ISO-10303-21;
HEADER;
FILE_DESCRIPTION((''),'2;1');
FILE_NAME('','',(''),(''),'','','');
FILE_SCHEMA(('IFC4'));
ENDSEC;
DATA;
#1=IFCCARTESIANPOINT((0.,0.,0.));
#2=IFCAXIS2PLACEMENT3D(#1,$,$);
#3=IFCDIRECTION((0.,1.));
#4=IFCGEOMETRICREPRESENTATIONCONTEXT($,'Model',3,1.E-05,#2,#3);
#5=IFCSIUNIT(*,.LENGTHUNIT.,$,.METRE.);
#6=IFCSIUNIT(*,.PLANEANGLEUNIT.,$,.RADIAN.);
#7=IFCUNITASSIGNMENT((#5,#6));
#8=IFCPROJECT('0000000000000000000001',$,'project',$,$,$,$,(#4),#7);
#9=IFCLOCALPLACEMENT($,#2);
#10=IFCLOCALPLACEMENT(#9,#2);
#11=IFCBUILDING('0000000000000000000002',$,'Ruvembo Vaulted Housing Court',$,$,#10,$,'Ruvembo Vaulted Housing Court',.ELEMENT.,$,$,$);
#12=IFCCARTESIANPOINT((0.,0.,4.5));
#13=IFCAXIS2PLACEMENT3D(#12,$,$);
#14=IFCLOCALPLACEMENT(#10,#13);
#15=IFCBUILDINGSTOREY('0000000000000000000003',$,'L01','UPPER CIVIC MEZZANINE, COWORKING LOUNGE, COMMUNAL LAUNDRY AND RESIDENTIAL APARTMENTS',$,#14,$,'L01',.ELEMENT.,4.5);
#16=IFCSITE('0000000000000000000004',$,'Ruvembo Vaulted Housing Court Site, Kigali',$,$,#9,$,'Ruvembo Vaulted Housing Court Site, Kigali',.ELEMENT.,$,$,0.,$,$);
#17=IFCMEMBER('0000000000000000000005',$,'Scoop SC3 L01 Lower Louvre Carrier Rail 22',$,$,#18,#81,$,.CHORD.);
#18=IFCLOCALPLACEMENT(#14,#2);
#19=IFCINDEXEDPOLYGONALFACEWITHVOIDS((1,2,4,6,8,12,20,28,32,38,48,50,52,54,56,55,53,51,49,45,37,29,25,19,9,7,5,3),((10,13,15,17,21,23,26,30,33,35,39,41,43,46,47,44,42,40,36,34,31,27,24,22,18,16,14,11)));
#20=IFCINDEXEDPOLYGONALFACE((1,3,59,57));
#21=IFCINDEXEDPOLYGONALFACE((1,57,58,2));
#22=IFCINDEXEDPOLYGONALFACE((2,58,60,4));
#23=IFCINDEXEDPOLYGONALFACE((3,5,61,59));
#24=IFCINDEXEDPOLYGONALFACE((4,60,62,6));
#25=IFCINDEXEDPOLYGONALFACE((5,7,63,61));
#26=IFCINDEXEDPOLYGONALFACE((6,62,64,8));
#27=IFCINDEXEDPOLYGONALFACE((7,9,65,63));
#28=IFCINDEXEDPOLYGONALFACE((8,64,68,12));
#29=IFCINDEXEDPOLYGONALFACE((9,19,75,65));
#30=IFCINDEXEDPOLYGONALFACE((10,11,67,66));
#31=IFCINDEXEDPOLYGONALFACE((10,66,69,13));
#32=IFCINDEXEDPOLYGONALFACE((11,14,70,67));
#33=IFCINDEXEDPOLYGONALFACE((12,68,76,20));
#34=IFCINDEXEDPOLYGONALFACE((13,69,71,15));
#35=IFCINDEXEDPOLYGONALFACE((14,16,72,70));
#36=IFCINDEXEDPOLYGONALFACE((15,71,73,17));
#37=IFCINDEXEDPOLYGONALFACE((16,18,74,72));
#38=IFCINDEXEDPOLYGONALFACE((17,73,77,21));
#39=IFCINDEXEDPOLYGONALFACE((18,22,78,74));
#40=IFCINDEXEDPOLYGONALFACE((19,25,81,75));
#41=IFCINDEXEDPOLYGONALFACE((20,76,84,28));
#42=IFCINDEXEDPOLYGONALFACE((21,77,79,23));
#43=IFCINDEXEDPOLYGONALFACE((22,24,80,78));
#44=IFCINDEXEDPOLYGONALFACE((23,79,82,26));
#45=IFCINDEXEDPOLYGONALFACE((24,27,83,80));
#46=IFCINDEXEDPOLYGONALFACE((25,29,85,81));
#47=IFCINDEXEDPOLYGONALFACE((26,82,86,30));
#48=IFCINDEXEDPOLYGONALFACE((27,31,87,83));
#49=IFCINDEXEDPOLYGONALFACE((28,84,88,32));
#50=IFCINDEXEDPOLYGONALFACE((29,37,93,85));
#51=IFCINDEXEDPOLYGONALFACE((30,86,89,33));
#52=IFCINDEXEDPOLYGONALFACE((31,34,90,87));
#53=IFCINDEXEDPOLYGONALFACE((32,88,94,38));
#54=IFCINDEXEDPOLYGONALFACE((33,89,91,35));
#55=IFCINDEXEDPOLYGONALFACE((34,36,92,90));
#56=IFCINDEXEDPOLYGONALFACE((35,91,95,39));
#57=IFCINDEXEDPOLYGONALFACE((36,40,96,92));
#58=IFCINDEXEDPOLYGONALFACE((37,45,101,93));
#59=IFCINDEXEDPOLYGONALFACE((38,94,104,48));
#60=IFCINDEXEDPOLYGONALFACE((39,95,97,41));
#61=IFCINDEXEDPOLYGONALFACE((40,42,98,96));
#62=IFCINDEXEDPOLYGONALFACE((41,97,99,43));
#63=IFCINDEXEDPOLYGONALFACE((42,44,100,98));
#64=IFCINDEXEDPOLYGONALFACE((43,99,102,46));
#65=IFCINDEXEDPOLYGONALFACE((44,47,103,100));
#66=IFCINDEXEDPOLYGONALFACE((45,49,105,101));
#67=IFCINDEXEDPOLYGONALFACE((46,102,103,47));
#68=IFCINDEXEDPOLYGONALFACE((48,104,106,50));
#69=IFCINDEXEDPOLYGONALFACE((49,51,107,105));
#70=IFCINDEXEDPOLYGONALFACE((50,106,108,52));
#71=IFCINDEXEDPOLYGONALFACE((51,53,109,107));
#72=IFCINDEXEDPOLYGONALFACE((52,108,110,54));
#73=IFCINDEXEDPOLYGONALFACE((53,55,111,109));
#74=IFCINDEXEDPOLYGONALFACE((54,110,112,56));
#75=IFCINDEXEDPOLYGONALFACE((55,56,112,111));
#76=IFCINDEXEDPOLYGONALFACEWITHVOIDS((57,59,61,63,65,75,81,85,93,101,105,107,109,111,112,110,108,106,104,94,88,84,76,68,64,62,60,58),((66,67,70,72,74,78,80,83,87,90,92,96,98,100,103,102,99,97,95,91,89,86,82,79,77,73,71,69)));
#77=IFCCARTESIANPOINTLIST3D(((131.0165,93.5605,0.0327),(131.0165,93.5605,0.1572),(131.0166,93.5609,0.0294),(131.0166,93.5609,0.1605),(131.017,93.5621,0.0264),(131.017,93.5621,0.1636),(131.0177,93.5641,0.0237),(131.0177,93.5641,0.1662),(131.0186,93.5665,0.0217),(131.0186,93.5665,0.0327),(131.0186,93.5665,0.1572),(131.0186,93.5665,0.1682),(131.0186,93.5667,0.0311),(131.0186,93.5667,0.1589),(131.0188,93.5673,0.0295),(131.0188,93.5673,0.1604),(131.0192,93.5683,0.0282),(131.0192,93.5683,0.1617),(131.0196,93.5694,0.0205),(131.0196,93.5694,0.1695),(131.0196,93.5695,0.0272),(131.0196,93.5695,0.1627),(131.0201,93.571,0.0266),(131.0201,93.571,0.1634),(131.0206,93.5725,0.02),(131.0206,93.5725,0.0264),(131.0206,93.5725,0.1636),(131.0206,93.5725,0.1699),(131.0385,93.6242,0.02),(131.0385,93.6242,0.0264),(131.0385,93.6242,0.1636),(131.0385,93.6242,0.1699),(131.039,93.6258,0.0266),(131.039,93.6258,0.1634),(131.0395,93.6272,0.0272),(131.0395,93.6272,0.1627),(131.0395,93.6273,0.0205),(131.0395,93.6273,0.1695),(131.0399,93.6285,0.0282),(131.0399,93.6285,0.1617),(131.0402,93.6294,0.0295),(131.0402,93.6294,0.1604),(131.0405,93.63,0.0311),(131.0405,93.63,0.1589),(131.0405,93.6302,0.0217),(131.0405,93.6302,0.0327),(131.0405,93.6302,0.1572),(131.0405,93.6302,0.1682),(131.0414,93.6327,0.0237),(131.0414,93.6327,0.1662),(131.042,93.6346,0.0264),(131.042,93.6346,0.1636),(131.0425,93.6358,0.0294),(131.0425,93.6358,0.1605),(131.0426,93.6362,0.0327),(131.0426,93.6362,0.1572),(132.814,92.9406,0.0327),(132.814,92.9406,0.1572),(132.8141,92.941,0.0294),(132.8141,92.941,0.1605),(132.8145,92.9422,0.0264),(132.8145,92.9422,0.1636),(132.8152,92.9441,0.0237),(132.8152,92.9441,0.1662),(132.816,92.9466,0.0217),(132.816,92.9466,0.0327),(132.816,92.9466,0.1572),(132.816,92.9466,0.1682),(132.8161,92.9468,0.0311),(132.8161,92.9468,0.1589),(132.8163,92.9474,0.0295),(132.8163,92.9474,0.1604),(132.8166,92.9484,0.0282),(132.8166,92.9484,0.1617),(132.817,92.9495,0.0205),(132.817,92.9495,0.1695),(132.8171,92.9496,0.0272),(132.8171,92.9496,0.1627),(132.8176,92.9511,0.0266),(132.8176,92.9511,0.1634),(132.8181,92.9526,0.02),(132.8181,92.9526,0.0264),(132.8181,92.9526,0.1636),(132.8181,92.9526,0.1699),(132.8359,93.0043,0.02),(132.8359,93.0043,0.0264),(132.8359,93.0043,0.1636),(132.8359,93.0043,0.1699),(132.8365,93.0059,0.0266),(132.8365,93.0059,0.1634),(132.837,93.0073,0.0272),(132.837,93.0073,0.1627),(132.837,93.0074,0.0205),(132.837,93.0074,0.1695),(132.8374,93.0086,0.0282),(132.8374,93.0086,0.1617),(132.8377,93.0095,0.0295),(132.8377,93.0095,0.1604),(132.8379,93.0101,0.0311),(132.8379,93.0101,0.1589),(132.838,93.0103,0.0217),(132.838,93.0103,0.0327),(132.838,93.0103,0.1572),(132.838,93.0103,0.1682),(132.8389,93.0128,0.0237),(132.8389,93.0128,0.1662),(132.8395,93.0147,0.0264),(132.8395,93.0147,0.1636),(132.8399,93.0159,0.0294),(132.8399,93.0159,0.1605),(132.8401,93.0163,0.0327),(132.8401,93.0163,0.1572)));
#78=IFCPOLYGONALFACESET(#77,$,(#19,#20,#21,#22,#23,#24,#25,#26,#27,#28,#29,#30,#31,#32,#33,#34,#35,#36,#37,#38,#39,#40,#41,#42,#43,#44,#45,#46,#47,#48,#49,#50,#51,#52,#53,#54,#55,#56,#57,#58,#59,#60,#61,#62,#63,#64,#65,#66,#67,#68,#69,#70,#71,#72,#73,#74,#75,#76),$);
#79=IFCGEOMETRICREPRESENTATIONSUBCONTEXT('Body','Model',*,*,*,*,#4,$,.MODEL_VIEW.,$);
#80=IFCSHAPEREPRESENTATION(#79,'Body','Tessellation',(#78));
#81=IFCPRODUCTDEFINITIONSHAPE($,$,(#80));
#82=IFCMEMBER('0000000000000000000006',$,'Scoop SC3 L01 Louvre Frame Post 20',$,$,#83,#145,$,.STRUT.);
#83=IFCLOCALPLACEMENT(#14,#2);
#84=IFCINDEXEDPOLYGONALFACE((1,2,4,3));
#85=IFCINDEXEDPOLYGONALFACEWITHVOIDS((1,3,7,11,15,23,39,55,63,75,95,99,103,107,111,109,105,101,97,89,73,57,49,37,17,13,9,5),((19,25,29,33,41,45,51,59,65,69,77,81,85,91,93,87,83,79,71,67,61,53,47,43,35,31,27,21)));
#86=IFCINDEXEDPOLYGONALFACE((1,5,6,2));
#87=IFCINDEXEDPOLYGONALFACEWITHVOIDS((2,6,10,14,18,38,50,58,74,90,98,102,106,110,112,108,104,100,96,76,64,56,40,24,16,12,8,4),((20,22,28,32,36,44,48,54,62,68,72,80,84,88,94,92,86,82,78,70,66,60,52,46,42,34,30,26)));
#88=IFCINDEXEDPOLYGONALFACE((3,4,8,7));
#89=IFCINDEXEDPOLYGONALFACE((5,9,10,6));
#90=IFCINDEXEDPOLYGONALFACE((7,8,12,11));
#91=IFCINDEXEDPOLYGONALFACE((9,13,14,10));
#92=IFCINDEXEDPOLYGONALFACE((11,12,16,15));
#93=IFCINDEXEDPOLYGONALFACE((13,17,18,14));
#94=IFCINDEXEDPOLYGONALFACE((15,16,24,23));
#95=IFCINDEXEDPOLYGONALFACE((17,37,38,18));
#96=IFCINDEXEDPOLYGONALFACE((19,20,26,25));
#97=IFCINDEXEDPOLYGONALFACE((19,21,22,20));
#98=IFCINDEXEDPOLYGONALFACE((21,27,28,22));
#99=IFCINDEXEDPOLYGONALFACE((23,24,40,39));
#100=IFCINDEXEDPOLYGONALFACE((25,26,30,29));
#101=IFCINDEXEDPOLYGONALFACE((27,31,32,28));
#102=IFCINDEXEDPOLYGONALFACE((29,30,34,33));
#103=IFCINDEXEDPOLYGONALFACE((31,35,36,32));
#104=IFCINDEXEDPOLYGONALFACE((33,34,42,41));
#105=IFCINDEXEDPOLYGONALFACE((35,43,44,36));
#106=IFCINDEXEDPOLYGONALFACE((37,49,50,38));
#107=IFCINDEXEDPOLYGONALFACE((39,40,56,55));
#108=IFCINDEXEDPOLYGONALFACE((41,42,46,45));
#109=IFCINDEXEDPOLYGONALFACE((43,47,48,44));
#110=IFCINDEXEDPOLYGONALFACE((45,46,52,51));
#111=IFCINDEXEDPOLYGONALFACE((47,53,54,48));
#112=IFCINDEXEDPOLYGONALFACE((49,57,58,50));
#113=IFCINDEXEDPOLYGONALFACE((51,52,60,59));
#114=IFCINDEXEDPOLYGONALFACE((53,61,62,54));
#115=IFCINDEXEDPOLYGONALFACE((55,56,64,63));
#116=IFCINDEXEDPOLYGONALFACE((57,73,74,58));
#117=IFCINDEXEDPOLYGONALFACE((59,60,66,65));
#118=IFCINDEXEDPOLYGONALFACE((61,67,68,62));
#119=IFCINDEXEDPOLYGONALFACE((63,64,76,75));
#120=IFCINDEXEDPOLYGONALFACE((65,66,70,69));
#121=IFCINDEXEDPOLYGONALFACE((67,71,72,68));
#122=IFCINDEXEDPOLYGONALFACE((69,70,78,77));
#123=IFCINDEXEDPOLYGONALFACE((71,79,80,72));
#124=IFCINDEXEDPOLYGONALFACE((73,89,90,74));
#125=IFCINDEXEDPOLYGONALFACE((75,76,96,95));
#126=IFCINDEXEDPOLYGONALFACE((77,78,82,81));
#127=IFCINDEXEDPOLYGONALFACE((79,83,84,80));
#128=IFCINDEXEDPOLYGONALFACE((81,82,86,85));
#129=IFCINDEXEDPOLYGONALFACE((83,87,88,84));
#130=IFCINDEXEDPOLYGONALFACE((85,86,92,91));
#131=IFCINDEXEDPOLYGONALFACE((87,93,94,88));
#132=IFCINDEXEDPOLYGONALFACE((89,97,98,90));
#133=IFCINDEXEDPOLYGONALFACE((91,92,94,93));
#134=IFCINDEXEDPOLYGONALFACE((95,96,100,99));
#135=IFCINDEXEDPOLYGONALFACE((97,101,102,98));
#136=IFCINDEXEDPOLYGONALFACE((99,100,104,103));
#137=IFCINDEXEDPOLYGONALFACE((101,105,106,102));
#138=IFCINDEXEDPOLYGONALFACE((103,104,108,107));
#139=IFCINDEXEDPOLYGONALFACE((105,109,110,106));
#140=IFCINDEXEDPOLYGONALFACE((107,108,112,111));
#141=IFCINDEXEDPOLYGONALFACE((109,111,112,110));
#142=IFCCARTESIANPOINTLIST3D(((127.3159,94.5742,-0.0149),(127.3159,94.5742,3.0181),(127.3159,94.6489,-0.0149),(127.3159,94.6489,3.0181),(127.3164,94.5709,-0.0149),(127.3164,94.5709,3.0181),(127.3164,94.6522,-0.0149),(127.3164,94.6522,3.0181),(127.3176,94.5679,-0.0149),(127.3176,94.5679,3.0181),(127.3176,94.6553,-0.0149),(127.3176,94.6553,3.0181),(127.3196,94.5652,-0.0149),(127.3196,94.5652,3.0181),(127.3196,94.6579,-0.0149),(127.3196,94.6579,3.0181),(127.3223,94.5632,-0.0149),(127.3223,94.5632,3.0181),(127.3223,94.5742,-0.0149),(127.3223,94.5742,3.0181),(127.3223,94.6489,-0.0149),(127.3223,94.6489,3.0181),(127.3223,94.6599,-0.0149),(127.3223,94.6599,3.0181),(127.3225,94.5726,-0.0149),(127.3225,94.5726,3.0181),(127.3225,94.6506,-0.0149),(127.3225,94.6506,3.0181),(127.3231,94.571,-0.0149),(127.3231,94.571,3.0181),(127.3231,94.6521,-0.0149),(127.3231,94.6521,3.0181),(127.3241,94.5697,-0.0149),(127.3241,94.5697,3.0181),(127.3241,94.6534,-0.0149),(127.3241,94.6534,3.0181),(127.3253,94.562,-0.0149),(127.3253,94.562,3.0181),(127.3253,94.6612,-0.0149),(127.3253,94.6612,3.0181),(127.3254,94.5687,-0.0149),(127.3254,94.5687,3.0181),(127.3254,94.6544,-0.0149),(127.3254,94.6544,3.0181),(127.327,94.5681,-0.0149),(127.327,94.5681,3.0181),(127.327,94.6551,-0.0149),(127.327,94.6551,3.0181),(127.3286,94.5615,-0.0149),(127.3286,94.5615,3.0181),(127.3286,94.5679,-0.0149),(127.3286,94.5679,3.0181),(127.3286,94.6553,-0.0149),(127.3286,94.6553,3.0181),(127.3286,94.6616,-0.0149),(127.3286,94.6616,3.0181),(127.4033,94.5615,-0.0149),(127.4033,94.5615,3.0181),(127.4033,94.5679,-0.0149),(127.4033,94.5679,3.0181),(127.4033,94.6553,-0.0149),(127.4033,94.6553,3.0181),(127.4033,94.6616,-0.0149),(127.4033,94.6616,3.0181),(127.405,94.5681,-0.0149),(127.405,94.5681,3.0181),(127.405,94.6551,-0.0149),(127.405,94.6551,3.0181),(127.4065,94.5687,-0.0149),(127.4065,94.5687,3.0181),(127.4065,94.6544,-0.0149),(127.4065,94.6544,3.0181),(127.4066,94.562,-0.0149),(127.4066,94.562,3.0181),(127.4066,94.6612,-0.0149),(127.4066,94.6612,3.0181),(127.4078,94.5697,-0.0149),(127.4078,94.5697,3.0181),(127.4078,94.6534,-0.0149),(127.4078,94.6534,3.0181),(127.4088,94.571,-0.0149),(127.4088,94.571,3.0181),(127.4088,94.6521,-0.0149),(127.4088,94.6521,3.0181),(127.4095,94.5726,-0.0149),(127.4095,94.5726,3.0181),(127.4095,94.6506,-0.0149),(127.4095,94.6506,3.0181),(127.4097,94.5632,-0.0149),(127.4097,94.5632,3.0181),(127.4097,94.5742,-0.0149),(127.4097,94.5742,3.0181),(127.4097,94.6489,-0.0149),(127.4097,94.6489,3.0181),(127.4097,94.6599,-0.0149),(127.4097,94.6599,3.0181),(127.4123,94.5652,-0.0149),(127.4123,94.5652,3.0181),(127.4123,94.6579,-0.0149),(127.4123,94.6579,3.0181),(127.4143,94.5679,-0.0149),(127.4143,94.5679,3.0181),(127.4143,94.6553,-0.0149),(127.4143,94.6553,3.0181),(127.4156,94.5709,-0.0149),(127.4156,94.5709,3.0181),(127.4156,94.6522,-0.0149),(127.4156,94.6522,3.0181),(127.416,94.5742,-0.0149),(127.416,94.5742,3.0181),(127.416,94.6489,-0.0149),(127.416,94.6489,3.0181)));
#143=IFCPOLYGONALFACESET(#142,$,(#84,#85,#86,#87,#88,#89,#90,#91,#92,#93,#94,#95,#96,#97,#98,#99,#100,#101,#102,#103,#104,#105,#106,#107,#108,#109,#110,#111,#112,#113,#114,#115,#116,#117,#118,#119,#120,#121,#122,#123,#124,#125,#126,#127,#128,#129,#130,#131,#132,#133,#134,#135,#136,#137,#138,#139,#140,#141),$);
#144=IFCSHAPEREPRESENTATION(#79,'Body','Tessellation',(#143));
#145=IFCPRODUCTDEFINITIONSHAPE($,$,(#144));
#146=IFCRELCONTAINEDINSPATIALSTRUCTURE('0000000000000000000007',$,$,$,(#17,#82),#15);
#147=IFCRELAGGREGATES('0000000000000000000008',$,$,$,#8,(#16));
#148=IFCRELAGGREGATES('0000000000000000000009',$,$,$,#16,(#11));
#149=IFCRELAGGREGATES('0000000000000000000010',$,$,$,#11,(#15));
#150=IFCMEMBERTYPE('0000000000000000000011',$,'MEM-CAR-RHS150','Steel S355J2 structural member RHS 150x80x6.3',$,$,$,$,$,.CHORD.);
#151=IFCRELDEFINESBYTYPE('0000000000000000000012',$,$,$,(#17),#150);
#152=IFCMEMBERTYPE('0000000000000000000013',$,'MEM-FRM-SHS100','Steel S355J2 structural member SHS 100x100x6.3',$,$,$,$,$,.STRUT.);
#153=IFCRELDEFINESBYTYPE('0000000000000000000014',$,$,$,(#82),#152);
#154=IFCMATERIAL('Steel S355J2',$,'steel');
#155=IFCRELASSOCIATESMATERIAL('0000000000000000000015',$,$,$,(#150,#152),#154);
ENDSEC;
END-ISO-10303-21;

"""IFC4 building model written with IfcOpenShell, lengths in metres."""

from ifc_helpers import new_model, si_unit, direction, frame, origin, origin_2d, place, context, subcontext, project, spatial, hollow_rectangle, extrude, material, material_profile, profile_set, type_object, element, save


model = new_model("IFC4")

# Units and contexts
model_context = context("Model", 3, precision=1e-05, world=origin(), true_north=direction((0.0, 1.0)))
body_context = subcontext(model_context, "Body", "Model", "MODEL_VIEW")
ifc_project = project(units=[si_unit("LENGTHUNIT", "METRE"), si_unit("PLANEANGLEUNIT", "RADIAN")], contexts=[model_context])

# Site, building, storey
site_placement = place(None, origin())
site = spatial("IfcSite", under=ifc_project, at=site_placement, Name="Ruvembo Vaulted Housing Court Site, Kigali", LongName="Ruvembo Vaulted Housing Court Site, Kigali", CompositionType="ELEMENT", RefElevation=0.0)
building_placement = place(site_placement, origin())
building = spatial("IfcBuilding", under=site, at=building_placement, Name="Ruvembo Vaulted Housing Court", LongName="Ruvembo Vaulted Housing Court", CompositionType="ELEMENT")
storey_placement = place(building_placement, frame((0.0, 0.0, 4.5)))
storey = spatial("IfcBuildingStorey", under=building, at=storey_placement, Name="L01", Description="UPPER CIVIC MEZZANINE, COWORKING LOUNGE, COMMUNAL LAUNDRY AND RESIDENTIAL APARTMENTS", LongName="L01", CompositionType="ELEMENT", Elevation=4.5)

# Shared definitions
ifc_material_1 = material(Name="Steel S355J2", Category="steel")

# Members
ifc_material_profile_1 = material_profile(ifc_material_1, hollow_rectangle(XDim=0.0801, YDim=0.1499, WallThickness=0.0063, InnerFilletRadius=0.0063, OuterFilletRadius=0.0127, at=origin_2d()), Name="RHS 150x80x6.3")
ifc_profile_set_1 = profile_set([ifc_material_profile_1], Name="Steel S355J2")
member_type_1 = type_object("IfcMemberType", Name="MEM-CAR-RHS150", Description="Steel S355J2 structural member RHS 150x80x6.3", PredefinedType="CHORD", material=ifc_profile_set_1)
member_1_placement = place(storey_placement, frame((131.0295, 93.5984, 0.095), z_axis=(0.945358, -0.326034, 0.0), x_axis=(0.326034, 0.945358, 0.0)))
element("IfcMember", 1, at=member_1_placement, inside=storey, type_object=member_type_1, Name="Scoop SC3 L01 Lower Louvre Carrier Rail 22", PredefinedType="CHORD", context=body_context, shape_type="SweptSolid", body=[
    extrude(hollow_rectangle(XDim=0.0801, YDim=0.1499, WallThickness=0.0063, InnerFilletRadius=0.0063, OuterFilletRadius=0.0127, at=origin_2d()), origin(), (0.0, 0.0, 1.0), 1.9014),
])
ifc_material_profile_2 = material_profile(ifc_material_1, hollow_rectangle(XDim=0.1001, YDim=0.1001, WallThickness=0.0063, InnerFilletRadius=0.0063, OuterFilletRadius=0.0127, at=origin_2d()), Name="SHS 100x100x6.3")
ifc_profile_set_2 = profile_set([ifc_material_profile_2], Name="Steel S355J2")
member_type_2 = type_object("IfcMemberType", Name="MEM-FRM-SHS100", Description="Steel S355J2 structural member SHS 100x100x6.3", PredefinedType="STRUT", material=ifc_profile_set_2)
for number, where, z_axis, x_axis, name in (
    (2, (127.366, 94.6116, -0.0149), (0.0, 0.0, 1.0), (1.0, 0.0, 0.0), "Scoop SC3 L01 Louvre Frame Post 20"),
):
    element("IfcMember", number, at=place(storey_placement, frame(where, z_axis=z_axis, x_axis=x_axis)), inside=storey, type_object=member_type_2, Name=name, PredefinedType="STRUT", context=body_context, shape_type="SweptSolid", body=[
        extrude(hollow_rectangle(XDim=0.1001, YDim=0.1001, WallThickness=0.0063, InnerFilletRadius=0.0063, OuterFilletRadius=0.0127, at=origin_2d()), origin(), (0.0, 0.0, 1.0), 3.033),
    ])

save(model, "model.ifc")
